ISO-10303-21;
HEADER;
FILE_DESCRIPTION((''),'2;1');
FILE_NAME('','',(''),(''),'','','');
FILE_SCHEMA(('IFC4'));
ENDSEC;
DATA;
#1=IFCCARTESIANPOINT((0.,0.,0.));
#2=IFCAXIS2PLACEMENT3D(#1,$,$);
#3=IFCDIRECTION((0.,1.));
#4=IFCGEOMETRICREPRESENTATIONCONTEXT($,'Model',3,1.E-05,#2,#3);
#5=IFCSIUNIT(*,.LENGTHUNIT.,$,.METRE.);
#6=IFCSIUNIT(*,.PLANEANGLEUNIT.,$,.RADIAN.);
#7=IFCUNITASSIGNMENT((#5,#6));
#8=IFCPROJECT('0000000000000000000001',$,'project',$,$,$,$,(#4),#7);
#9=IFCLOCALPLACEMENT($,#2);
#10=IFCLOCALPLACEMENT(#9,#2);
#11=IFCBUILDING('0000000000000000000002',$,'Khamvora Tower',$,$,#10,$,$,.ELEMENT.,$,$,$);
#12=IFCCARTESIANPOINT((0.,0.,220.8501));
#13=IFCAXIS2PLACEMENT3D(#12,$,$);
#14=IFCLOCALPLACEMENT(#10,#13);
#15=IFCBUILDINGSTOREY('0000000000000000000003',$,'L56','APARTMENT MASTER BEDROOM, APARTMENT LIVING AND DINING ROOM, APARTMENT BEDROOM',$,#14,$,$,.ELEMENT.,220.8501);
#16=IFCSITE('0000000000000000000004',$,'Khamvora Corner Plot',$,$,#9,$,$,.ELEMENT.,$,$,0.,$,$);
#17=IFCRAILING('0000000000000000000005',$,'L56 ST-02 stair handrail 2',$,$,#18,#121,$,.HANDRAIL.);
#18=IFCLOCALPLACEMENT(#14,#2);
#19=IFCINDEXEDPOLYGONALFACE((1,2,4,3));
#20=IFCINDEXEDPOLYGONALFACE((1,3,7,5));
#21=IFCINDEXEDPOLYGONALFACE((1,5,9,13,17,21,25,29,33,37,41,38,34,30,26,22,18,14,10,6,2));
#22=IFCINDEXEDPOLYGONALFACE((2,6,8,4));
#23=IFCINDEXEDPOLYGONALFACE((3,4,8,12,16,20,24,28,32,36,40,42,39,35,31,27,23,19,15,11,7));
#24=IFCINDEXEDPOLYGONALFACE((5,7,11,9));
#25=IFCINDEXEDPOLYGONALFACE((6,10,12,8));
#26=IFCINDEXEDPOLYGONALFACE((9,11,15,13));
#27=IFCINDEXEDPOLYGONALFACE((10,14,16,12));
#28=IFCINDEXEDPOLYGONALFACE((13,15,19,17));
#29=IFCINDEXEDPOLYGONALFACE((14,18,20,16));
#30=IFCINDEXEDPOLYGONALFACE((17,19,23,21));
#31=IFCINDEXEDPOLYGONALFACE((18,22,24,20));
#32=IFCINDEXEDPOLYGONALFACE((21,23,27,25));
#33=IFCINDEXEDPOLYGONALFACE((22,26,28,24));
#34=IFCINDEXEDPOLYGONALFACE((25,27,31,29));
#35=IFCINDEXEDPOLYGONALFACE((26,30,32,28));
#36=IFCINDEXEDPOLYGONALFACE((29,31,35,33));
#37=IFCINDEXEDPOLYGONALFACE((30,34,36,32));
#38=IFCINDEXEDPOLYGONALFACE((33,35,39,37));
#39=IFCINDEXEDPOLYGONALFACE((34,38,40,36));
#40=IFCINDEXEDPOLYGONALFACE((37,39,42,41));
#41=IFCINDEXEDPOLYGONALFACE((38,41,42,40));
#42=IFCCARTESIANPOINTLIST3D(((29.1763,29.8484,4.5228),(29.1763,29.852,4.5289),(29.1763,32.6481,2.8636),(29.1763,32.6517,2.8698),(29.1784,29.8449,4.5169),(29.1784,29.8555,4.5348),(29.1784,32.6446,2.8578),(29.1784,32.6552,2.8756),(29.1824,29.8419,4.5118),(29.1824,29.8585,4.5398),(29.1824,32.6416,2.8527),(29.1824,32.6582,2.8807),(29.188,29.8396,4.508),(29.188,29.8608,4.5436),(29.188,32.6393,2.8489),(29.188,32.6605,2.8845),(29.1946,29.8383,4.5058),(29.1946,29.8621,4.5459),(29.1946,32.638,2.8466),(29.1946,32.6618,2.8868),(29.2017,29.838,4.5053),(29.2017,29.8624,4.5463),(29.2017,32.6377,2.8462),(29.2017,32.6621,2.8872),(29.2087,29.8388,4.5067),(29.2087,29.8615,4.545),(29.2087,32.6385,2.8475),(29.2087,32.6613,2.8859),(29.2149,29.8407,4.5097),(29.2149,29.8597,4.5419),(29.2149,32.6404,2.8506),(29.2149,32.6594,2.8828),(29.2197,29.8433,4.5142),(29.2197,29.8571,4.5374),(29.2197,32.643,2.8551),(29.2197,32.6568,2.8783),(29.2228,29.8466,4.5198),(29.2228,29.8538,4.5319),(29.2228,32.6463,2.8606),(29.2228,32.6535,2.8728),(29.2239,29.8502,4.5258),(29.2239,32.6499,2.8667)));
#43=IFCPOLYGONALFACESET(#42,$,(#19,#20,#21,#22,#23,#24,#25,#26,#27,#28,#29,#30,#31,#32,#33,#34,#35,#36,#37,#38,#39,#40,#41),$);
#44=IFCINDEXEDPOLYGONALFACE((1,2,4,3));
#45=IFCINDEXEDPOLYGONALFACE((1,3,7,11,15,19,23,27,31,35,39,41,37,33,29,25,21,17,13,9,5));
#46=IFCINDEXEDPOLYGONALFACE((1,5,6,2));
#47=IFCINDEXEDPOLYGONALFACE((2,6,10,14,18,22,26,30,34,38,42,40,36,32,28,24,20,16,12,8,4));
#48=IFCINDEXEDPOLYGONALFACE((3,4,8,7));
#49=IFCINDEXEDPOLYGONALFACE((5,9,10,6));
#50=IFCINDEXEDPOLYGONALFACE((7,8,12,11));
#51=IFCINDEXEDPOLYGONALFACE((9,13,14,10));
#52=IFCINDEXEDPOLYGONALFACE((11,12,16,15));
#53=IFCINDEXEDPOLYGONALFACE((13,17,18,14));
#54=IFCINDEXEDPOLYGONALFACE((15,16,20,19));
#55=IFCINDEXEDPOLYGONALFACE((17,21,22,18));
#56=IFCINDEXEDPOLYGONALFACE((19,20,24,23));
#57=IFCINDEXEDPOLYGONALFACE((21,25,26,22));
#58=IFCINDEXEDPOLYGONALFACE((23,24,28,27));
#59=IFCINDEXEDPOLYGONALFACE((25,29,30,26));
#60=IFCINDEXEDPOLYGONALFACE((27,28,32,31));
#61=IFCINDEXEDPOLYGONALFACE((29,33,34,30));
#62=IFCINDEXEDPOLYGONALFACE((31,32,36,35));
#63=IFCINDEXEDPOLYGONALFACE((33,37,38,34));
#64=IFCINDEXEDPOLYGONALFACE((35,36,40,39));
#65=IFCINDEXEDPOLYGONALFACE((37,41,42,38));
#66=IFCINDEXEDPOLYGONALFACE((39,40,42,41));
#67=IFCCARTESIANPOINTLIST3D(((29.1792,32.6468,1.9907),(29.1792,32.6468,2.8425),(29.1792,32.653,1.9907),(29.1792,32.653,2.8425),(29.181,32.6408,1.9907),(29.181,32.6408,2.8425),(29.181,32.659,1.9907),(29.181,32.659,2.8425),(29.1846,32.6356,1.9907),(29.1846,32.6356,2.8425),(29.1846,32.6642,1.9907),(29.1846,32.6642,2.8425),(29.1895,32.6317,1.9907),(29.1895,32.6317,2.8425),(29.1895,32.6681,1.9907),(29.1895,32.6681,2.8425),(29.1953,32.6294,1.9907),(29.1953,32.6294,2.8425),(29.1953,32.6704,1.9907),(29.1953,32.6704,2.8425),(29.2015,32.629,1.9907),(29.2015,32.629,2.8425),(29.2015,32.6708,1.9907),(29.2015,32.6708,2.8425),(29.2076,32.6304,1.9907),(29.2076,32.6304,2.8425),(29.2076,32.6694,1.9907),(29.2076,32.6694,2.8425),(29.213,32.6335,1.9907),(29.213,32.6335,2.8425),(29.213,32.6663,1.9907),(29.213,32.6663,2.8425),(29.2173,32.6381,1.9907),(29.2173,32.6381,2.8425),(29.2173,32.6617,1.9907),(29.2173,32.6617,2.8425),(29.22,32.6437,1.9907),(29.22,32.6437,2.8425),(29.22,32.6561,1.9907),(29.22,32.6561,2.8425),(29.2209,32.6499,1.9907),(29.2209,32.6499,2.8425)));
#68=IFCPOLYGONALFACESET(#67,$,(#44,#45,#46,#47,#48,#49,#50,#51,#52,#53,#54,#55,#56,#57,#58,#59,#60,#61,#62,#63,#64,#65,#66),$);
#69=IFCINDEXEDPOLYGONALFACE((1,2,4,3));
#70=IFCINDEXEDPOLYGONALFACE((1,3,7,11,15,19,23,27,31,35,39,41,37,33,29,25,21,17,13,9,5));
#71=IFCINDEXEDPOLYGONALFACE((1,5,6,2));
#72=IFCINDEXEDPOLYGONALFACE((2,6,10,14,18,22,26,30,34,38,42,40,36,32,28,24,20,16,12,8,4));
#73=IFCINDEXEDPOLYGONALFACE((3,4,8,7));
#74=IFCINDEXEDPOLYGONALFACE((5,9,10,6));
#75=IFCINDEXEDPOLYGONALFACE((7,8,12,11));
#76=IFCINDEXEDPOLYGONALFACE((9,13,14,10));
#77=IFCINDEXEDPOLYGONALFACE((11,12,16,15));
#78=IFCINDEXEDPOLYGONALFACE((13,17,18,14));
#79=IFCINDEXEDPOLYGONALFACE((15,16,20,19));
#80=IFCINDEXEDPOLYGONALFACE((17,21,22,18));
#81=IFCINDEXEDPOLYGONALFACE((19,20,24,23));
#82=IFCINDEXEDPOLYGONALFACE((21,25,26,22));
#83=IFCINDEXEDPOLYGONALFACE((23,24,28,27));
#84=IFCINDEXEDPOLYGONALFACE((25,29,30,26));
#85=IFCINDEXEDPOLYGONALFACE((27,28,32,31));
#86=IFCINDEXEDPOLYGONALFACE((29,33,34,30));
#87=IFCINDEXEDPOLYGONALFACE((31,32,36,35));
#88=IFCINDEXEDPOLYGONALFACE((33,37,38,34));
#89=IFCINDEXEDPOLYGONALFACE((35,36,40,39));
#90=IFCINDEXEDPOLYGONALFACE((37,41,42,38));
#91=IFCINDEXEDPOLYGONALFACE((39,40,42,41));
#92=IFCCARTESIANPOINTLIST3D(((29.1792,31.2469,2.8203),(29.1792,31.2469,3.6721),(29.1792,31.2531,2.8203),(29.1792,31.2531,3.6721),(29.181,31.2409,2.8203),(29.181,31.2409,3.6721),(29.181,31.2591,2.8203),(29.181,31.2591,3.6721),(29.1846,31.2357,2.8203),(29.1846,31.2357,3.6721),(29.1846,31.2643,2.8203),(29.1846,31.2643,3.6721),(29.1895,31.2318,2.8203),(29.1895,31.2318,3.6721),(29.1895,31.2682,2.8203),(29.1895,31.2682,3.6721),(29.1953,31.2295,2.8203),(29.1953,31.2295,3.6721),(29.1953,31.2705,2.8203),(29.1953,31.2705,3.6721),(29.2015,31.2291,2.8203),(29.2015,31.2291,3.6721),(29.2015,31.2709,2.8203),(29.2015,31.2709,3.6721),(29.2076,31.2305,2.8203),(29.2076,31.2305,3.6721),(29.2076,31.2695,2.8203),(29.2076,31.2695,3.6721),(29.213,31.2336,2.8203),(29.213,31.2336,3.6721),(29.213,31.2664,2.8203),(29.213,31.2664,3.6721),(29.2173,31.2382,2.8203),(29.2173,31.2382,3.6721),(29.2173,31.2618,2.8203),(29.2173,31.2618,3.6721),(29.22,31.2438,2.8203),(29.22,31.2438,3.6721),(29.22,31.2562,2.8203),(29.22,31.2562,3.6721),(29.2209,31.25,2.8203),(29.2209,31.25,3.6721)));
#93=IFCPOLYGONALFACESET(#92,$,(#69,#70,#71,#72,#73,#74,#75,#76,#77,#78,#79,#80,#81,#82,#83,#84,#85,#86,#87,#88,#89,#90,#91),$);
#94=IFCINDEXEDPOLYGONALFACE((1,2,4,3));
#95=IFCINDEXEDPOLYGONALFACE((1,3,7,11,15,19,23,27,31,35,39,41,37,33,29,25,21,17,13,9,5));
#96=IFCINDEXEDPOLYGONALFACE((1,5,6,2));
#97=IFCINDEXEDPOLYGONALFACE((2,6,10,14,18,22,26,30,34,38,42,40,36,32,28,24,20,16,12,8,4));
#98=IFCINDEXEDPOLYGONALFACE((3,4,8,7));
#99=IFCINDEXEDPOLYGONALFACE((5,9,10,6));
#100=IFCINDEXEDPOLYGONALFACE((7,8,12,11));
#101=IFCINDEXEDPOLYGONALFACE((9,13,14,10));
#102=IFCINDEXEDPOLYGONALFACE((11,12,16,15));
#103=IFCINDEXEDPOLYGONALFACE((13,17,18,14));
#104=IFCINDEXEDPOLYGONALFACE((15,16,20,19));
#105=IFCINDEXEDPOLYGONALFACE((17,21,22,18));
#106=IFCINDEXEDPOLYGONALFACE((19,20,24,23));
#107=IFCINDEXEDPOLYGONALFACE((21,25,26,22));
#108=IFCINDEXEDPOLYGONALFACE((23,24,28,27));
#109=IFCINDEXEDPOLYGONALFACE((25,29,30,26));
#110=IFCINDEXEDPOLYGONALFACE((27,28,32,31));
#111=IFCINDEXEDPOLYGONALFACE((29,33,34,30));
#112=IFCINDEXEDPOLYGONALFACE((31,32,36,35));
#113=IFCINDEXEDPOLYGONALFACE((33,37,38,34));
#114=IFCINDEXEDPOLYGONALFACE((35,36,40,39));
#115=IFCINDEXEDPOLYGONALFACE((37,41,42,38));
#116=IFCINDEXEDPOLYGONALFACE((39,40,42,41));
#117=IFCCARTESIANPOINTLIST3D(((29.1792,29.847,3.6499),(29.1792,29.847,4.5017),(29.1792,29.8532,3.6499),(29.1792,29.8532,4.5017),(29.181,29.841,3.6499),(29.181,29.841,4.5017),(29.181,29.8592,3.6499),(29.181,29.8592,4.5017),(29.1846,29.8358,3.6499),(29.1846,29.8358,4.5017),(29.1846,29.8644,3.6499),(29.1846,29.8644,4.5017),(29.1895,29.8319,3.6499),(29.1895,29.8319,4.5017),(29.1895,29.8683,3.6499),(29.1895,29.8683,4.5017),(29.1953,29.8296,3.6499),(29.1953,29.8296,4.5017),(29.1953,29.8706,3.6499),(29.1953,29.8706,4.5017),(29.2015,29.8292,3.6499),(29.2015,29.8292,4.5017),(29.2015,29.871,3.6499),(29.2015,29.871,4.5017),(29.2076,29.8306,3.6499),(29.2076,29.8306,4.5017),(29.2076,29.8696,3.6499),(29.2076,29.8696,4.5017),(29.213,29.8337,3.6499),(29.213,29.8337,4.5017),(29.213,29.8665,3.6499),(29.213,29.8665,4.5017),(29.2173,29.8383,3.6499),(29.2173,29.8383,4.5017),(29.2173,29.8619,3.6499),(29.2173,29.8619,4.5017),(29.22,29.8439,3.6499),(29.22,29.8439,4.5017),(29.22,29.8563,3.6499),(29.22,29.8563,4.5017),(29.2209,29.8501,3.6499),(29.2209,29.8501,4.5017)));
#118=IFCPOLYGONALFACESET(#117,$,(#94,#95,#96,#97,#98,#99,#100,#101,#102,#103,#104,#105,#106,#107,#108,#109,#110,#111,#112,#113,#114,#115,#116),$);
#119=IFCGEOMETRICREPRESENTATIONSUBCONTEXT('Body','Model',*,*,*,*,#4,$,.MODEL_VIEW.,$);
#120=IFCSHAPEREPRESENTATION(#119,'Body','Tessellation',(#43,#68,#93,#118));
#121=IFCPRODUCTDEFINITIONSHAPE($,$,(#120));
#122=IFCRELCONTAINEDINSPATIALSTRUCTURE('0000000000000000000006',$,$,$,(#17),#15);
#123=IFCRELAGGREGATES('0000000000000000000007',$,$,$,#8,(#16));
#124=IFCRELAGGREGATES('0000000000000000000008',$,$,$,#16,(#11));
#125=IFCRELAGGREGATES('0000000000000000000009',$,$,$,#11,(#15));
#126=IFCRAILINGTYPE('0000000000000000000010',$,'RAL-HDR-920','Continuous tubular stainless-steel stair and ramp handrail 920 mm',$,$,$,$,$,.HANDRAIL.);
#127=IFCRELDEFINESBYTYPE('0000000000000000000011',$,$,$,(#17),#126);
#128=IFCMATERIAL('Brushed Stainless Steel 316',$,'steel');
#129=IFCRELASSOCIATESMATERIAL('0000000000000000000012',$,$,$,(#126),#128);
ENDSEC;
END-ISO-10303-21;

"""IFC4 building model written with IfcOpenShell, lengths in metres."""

from ifc_helpers import new_model, si_unit, direction, frame, origin, origin_2d, place, context, subcontext, project, spatial, circle, extrude, material, type_object, element, save


model = new_model("IFC4")

# Units and contexts
model_context = context("Model", 3, precision=1e-05, world=origin(), true_north=direction((0.0, 1.0)))
body_context = subcontext(model_context, "Body", "Model", "MODEL_VIEW")
ifc_project = project(units=[si_unit("LENGTHUNIT", "METRE"), si_unit("PLANEANGLEUNIT", "RADIAN")], contexts=[model_context])

# Site, building, storey
site_placement = place(None, origin())
site = spatial("IfcSite", under=ifc_project, at=site_placement, Name="Khamvora Corner Plot", CompositionType="ELEMENT", RefElevation=0.0)
building_placement = place(site_placement, origin())
building = spatial("IfcBuilding", under=site, at=building_placement, Name="Khamvora Tower", CompositionType="ELEMENT")
storey_placement = place(building_placement, frame((0.0, 0.0, 220.8501)))
storey = spatial("IfcBuildingStorey", under=building, at=storey_placement, Name="L56", Description="APARTMENT MASTER BEDROOM, APARTMENT LIVING AND DINING ROOM, APARTMENT BEDROOM", CompositionType="ELEMENT", Elevation=220.8501)

# Railing
ifc_material_1 = material(Name="Brushed Stainless Steel 316", Category="steel")
railing_type_1 = type_object("IfcRailingType", Name="RAL-HDR-920", Description="Continuous tubular stainless-steel stair and ramp handrail 920 mm", PredefinedType="HANDRAIL", material=ifc_material_1)
railing_1_placement = place(storey_placement, frame((29.2, 32.6499, 1.9907)))
element("IfcRailing", 1, at=railing_1_placement, inside=storey, type_object=railing_type_1, Name="L56 ST-02 stair handrail 2", PredefinedType="HANDRAIL", context=body_context, shape_type="SweptSolid", body=[
    extrude(circle(Radius=0.0239, at=origin_2d()), frame((0.0, 0.0, 0.876), z_axis=(0.0, -0.860287, 0.509811), x_axis=(1.0, 0.0, 0.0)), (0.0, 0.0, 1.0), 3.2544),
    extrude(circle(Radius=0.021, at=origin_2d()), origin(), (0.0, 0.0, 1.0), 0.8518),
    extrude(circle(Radius=0.021, at=origin_2d()), frame((0.0, -1.3999, 0.8296)), (0.0, 0.0, 1.0), 0.8518),
    extrude(circle(Radius=0.021, at=origin_2d()), frame((0.0, -2.7998, 1.6592)), (0.0, 0.0, 1.0), 0.8518),
])

save(model, "model.ifc")
